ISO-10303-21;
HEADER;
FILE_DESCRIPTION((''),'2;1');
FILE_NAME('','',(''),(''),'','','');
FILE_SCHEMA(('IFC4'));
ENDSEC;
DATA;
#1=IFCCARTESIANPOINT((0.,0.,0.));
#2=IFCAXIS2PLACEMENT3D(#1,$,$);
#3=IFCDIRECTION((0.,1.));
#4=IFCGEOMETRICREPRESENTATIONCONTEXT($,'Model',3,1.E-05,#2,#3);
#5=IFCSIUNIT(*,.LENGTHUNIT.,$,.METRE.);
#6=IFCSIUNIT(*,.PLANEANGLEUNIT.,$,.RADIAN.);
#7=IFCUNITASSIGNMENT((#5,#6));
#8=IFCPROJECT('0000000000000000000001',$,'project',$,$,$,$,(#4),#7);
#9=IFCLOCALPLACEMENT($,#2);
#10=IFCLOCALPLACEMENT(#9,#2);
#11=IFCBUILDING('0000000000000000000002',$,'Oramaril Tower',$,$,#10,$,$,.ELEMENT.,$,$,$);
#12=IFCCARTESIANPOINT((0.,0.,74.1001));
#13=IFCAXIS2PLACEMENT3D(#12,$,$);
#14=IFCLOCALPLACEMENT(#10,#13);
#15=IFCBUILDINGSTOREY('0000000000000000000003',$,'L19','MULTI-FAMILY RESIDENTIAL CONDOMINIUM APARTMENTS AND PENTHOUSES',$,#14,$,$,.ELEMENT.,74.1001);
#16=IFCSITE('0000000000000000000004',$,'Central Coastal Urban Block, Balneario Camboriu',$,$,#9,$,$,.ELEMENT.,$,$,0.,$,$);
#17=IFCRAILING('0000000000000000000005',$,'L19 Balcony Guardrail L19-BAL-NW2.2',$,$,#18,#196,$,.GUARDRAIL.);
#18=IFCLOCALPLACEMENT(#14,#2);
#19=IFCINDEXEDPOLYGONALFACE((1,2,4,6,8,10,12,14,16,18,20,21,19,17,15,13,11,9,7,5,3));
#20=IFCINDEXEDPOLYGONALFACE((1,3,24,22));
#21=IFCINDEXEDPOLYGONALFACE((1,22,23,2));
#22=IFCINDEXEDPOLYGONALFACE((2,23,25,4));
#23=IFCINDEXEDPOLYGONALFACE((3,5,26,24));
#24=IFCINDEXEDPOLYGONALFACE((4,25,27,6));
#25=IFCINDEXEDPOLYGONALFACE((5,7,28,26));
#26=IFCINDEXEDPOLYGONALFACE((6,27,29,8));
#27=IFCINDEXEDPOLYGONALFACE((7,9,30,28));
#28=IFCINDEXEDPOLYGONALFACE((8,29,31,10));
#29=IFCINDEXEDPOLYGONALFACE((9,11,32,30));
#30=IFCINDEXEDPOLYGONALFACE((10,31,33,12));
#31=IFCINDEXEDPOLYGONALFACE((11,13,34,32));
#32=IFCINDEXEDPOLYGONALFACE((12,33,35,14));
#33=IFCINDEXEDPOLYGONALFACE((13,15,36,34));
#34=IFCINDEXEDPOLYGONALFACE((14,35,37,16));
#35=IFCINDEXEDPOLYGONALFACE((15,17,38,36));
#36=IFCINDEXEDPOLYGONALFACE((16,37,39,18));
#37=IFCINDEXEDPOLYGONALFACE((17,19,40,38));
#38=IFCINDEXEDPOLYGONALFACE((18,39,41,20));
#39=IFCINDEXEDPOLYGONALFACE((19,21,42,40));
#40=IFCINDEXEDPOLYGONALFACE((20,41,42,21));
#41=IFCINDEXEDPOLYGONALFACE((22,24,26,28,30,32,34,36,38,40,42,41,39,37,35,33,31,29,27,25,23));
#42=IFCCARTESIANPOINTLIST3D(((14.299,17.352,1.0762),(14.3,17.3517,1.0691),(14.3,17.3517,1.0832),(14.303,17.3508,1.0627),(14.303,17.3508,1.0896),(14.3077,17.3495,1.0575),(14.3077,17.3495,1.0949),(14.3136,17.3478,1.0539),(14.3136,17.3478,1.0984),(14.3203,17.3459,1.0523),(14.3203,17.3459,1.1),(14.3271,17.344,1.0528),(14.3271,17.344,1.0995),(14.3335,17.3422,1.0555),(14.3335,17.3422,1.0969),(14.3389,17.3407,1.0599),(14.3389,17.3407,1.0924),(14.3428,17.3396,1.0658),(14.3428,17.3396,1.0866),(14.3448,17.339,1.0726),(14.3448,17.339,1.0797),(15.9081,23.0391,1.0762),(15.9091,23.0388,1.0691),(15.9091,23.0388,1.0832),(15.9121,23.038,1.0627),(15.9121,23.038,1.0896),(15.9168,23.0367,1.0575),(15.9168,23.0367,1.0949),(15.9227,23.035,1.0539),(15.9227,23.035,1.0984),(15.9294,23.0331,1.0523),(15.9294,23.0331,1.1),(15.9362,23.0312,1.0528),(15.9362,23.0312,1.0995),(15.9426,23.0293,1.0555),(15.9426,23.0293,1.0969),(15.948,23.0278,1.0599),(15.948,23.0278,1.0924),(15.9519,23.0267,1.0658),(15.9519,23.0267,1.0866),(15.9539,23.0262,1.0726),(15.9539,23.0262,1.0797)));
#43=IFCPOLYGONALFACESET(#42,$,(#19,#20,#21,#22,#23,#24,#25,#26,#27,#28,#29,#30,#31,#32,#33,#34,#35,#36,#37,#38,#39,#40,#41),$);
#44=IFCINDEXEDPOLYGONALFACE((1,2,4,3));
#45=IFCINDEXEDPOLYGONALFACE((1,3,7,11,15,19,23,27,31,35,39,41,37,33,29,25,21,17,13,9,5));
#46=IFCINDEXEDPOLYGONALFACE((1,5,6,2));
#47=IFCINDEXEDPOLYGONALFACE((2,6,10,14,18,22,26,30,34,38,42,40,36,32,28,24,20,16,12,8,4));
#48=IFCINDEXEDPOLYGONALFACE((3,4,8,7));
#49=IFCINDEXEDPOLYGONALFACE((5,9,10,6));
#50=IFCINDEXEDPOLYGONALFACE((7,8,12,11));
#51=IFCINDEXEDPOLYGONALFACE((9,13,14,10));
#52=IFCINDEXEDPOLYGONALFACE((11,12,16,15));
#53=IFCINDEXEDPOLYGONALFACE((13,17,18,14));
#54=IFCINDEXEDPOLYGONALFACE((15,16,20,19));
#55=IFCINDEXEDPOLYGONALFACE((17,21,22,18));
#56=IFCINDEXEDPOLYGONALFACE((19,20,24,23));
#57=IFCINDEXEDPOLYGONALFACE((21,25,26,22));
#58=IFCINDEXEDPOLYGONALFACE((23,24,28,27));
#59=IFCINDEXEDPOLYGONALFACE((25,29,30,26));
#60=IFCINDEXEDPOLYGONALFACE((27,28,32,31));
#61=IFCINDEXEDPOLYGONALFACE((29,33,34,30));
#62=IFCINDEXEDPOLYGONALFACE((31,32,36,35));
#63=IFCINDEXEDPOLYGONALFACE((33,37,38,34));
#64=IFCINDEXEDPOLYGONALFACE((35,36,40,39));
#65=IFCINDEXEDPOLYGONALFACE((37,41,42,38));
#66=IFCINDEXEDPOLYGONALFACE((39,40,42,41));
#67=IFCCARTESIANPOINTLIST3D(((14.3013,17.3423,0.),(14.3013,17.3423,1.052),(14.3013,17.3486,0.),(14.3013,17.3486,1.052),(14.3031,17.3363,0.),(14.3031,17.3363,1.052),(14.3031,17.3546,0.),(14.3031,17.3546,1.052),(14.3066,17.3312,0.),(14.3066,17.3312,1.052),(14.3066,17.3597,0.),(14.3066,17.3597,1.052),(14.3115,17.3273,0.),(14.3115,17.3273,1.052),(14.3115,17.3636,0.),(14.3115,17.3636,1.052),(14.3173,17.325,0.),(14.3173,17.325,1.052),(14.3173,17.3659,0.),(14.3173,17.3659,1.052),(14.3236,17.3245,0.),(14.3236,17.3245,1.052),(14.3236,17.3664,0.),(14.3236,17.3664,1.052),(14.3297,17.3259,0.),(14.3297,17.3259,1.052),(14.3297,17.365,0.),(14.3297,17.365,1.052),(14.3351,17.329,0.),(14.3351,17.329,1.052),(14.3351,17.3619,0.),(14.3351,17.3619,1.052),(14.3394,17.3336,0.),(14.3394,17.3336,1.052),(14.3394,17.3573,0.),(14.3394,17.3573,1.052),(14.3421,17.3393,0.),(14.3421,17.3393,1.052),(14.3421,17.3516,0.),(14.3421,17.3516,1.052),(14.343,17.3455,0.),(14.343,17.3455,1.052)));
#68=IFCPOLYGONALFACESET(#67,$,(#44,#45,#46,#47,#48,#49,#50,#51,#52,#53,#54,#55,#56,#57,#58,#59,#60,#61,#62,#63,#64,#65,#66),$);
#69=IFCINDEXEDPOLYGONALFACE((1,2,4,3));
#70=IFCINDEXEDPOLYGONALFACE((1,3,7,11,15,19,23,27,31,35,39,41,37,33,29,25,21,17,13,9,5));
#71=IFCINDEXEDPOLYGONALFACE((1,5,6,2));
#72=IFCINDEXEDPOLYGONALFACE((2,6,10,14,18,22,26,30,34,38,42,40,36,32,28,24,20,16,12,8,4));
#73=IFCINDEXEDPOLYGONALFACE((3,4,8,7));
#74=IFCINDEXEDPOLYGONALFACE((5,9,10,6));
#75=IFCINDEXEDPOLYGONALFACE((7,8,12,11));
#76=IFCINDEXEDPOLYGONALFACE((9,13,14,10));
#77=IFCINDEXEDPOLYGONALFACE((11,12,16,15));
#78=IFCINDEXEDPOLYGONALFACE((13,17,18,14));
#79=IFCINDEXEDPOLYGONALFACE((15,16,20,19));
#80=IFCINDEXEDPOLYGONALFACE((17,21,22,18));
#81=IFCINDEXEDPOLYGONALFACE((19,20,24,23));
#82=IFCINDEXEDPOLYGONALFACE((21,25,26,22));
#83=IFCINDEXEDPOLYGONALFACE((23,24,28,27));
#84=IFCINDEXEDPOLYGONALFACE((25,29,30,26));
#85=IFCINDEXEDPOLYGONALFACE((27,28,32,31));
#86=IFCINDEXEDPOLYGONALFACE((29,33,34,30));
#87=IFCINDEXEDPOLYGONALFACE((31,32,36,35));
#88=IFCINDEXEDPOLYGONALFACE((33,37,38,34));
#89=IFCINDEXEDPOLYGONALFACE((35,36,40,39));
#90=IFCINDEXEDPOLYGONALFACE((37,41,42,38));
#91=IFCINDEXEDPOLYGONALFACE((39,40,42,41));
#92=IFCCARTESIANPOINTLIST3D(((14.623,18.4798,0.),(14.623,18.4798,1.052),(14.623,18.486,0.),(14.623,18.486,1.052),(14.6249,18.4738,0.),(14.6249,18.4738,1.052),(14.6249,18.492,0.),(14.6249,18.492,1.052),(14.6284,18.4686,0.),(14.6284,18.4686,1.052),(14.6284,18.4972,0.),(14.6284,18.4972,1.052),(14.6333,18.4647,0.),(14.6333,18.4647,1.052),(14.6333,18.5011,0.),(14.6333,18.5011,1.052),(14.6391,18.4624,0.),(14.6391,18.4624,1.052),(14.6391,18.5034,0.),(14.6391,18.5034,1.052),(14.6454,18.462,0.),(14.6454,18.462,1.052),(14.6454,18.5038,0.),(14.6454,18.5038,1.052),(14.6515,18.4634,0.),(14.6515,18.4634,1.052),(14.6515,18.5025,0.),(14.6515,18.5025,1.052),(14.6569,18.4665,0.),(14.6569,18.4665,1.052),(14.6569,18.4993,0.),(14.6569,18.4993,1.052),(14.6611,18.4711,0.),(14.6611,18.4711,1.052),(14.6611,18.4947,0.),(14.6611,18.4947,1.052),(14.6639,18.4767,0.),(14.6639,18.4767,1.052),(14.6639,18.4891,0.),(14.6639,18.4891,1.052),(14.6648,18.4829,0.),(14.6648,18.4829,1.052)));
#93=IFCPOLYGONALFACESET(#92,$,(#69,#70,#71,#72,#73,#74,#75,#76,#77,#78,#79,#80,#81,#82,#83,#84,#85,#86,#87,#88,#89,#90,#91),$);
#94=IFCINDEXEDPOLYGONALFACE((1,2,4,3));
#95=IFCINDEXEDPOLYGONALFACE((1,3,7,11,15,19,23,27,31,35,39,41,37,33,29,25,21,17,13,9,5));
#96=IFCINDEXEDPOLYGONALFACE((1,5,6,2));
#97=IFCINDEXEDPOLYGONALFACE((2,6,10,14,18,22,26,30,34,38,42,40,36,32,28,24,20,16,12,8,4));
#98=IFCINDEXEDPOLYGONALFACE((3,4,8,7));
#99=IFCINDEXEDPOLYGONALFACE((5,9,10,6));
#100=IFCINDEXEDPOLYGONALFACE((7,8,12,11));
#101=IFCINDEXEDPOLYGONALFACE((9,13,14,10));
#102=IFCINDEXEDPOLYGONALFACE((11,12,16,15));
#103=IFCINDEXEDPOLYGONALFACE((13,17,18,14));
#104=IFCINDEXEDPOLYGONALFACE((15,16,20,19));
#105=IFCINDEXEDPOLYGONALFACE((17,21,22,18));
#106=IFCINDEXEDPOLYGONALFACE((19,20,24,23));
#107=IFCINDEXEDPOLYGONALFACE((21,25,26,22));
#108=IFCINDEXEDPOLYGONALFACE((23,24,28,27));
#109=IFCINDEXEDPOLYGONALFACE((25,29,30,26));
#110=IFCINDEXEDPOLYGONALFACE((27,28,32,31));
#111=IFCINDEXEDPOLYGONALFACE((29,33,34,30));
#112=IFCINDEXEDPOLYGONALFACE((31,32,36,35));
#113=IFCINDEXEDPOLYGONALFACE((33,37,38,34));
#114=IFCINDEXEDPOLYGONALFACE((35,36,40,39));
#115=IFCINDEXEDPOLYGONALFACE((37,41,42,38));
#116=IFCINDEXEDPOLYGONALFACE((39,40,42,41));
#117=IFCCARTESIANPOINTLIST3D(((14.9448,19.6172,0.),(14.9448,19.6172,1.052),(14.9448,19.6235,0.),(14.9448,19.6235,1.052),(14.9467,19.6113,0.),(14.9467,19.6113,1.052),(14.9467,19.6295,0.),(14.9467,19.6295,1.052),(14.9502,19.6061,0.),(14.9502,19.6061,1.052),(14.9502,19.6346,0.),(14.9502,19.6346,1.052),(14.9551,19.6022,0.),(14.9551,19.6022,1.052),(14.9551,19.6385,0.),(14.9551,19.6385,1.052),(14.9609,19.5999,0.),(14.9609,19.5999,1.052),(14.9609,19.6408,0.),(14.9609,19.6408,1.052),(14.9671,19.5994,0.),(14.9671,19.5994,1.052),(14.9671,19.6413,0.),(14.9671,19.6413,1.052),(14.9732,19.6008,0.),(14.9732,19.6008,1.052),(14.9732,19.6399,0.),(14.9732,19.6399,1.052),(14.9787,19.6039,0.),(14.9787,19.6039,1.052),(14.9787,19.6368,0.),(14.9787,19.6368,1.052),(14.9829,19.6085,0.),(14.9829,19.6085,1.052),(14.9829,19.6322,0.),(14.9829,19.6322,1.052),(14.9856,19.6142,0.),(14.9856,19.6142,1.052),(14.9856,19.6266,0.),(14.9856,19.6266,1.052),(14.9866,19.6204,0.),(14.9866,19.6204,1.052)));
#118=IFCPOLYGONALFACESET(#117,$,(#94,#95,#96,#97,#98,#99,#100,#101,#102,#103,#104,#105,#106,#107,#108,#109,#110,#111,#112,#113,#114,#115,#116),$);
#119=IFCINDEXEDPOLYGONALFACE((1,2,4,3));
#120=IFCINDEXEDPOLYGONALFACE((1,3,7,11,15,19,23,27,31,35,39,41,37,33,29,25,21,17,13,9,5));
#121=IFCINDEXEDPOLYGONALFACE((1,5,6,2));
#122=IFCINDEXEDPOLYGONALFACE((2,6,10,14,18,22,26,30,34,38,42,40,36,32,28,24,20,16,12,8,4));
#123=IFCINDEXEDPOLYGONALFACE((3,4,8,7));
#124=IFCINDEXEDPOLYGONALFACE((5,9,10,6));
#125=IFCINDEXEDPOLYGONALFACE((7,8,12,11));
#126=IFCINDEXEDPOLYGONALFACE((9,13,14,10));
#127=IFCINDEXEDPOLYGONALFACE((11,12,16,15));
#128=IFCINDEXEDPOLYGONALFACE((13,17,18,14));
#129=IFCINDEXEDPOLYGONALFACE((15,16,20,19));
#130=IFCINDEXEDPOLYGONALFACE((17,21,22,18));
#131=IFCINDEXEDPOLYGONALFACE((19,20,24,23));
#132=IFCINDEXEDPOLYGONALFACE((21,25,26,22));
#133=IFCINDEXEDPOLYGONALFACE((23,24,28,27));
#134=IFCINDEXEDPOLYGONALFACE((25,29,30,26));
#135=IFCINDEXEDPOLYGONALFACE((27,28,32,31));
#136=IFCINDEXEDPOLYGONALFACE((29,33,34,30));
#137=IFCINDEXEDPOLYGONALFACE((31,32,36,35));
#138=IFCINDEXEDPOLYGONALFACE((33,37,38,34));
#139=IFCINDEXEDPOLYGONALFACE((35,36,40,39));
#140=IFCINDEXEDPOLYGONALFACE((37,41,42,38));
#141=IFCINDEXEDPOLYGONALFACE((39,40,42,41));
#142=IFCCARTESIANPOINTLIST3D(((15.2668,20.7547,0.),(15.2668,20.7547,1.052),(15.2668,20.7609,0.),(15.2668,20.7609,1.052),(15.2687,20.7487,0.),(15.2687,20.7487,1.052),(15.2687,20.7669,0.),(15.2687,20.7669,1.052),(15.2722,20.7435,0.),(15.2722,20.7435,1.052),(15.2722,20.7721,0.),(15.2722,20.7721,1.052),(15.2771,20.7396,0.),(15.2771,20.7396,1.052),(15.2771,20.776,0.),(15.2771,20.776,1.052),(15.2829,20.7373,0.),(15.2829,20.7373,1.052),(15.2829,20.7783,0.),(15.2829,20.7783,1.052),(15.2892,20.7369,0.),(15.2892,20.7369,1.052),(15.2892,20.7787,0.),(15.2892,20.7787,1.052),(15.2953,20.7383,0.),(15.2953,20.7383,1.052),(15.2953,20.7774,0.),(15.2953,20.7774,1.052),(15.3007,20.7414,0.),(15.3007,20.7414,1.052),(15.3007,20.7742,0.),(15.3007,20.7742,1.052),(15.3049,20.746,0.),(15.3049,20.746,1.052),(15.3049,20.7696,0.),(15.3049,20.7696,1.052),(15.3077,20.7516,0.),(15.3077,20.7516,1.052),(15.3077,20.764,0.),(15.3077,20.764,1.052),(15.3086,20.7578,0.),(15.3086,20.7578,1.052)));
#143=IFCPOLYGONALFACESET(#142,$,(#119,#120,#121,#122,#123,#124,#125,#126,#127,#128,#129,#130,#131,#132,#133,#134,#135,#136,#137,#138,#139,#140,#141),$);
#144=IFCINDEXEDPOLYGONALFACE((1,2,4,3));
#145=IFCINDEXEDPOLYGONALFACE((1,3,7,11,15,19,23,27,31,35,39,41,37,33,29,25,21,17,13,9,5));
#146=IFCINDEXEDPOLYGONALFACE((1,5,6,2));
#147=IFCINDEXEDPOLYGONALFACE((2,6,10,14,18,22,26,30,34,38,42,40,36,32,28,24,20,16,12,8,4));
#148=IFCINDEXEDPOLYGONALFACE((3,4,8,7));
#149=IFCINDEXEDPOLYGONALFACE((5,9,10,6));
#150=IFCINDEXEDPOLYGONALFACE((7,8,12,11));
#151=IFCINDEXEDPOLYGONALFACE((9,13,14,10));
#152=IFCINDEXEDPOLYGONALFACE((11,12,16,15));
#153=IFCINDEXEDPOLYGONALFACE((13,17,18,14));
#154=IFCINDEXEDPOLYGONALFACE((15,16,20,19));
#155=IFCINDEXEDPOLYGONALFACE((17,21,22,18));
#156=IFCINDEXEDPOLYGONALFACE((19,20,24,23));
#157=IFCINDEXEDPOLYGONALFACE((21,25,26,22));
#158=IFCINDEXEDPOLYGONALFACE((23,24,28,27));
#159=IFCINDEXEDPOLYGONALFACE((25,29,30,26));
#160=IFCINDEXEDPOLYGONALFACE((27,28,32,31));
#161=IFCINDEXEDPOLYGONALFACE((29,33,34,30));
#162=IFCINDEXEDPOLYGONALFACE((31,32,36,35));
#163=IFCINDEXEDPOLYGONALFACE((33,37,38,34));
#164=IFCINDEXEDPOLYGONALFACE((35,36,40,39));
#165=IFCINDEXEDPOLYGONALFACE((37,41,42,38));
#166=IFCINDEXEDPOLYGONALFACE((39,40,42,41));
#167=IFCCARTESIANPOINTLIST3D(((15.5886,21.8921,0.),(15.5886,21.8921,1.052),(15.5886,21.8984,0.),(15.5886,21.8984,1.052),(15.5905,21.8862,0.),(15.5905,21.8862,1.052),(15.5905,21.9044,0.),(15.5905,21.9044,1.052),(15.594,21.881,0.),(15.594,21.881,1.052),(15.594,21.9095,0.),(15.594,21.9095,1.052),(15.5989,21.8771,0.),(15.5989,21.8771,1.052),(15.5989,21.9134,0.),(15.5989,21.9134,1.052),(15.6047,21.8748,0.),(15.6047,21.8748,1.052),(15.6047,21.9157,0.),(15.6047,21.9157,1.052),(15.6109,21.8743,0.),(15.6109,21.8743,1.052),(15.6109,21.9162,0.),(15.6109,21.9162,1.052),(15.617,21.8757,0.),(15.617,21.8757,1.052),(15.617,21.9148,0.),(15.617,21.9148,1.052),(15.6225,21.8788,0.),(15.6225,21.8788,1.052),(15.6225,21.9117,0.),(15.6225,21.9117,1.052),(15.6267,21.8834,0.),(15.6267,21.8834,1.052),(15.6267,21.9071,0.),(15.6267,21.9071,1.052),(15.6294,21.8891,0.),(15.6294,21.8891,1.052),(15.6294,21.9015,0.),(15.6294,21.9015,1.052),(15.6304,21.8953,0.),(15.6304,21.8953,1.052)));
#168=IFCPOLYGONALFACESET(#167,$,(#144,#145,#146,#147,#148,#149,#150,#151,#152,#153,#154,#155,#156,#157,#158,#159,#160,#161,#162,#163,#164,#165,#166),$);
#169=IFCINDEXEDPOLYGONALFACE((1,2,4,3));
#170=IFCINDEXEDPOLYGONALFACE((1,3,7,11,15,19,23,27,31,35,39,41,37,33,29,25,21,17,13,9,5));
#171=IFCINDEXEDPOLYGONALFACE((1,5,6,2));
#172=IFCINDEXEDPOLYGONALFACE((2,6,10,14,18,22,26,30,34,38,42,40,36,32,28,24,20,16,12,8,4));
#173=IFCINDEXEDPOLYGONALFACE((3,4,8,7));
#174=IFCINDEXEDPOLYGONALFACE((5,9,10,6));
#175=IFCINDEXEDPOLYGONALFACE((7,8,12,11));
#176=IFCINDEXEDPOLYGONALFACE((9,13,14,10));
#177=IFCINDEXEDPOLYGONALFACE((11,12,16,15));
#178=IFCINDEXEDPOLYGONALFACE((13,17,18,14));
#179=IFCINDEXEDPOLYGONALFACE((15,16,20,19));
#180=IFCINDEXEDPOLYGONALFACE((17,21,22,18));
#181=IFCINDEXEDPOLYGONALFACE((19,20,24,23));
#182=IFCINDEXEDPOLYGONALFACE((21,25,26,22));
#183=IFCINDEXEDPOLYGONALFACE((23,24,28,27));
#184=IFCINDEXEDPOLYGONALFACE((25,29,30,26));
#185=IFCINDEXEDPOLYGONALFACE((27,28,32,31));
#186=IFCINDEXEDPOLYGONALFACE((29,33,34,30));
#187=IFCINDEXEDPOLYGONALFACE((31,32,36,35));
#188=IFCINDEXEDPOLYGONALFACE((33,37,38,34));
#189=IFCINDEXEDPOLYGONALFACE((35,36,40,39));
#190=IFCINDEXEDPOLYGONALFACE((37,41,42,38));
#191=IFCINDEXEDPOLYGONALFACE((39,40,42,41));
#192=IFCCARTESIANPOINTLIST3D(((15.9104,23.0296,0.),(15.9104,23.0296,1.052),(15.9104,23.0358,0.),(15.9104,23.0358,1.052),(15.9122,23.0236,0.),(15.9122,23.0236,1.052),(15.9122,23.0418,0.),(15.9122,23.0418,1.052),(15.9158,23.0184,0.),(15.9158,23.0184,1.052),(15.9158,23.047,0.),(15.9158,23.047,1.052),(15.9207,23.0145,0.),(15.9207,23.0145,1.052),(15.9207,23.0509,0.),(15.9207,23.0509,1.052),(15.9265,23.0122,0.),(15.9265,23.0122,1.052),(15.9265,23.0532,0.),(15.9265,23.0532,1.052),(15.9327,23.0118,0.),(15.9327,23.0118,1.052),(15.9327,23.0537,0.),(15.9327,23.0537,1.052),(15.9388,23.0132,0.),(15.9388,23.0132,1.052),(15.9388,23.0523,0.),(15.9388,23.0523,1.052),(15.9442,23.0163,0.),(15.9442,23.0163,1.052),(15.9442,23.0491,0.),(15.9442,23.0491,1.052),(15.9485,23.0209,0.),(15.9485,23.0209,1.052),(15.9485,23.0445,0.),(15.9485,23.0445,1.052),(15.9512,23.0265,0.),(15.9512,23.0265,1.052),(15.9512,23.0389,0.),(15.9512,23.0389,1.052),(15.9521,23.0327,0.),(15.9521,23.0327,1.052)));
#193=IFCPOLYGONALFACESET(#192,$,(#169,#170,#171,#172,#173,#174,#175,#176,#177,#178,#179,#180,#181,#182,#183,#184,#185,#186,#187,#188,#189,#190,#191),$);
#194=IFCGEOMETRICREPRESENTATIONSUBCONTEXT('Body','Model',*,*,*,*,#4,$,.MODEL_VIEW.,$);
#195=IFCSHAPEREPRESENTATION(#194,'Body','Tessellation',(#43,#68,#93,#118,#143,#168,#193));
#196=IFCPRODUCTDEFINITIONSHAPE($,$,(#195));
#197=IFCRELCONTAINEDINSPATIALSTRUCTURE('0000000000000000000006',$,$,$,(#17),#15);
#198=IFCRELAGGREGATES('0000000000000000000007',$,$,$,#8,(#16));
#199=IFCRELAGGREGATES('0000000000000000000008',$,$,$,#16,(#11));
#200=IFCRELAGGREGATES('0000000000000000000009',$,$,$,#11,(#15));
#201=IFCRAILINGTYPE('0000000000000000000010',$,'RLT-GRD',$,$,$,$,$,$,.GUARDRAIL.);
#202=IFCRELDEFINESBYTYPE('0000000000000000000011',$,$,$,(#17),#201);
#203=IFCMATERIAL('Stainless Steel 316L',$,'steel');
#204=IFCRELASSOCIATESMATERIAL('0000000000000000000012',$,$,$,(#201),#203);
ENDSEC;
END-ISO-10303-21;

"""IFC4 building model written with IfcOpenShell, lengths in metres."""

from ifc_helpers import new_model, si_unit, direction, frame, origin, origin_2d, place, context, subcontext, project, spatial, circle, extrude, material, type_object, element, save


model = new_model("IFC4")

# Units and contexts
model_context = context("Model", 3, precision=1e-05, world=origin(), true_north=direction((0.0, 1.0)))
body_context = subcontext(model_context, "Body", "Model", "MODEL_VIEW")
ifc_project = project(units=[si_unit("LENGTHUNIT", "METRE"), si_unit("PLANEANGLEUNIT", "RADIAN")], contexts=[model_context])

# Site, building, storey
site_placement = place(None, origin())
site = spatial("IfcSite", under=ifc_project, at=site_placement, Name="Central Coastal Urban Block, Balneario Camboriu", CompositionType="ELEMENT", RefElevation=0.0)
building_placement = place(site_placement, origin())
building = spatial("IfcBuilding", under=site, at=building_placement, Name="Oramaril Tower", CompositionType="ELEMENT")
storey_placement = place(building_placement, frame((0.0, 0.0, 74.1001)))
storey = spatial("IfcBuildingStorey", under=building, at=storey_placement, Name="L19", Description="MULTI-FAMILY RESIDENTIAL CONDOMINIUM APARTMENTS AND PENTHOUSES", CompositionType="ELEMENT", Elevation=74.1001)

# Railing
ifc_material_1 = material(Name="Stainless Steel 316L", Category="steel")
railing_type = type_object("IfcRailingType", Name="RLT-GRD", PredefinedType="GUARDRAIL", material=ifc_material_1)
railing_1_placement = place(storey_placement, frame((14.322, 17.3455, 0.0)))
element("IfcRailing", 1, at=railing_1_placement, inside=storey, type_object=railing_type, Name="L19 Balcony Guardrail L19-BAL-NW2.2", PredefinedType="GUARDRAIL", context=body_context, shape_type="SweptSolid", body=[
    extrude(circle(Radius=0.0239, at=origin_2d()), frame((0.0, 0.0, 1.0762), z_axis=(0.272249, 0.962227, 0.0), x_axis=(-0.962227, 0.272249, 0.0)), (0.0, 0.0, 1.0), 5.9104),
    extrude(circle(Radius=0.021, at=origin_2d()), origin(), (0.0, 0.0, 1.0), 1.052),
    extrude(circle(Radius=0.021, at=origin_2d()), frame((0.3218, 1.1375, 0.0)), (0.0, 0.0, 1.0), 1.052),
    extrude(circle(Radius=0.021, at=origin_2d()), frame((0.6436, 2.2749, 0.0)), (0.0, 0.0, 1.0), 1.052),
    extrude(circle(Radius=0.021, at=origin_2d()), frame((0.9656, 3.4124, 0.0)), (0.0, 0.0, 1.0), 1.052),
    extrude(circle(Radius=0.021, at=origin_2d()), frame((1.2874, 4.5498, 0.0)), (0.0, 0.0, 1.0), 1.052),
    extrude(circle(Radius=0.021, at=origin_2d()), frame((1.6091, 5.6873, 0.0)), (0.0, 0.0, 1.0), 1.052),
])

save(model, "model.ifc")
